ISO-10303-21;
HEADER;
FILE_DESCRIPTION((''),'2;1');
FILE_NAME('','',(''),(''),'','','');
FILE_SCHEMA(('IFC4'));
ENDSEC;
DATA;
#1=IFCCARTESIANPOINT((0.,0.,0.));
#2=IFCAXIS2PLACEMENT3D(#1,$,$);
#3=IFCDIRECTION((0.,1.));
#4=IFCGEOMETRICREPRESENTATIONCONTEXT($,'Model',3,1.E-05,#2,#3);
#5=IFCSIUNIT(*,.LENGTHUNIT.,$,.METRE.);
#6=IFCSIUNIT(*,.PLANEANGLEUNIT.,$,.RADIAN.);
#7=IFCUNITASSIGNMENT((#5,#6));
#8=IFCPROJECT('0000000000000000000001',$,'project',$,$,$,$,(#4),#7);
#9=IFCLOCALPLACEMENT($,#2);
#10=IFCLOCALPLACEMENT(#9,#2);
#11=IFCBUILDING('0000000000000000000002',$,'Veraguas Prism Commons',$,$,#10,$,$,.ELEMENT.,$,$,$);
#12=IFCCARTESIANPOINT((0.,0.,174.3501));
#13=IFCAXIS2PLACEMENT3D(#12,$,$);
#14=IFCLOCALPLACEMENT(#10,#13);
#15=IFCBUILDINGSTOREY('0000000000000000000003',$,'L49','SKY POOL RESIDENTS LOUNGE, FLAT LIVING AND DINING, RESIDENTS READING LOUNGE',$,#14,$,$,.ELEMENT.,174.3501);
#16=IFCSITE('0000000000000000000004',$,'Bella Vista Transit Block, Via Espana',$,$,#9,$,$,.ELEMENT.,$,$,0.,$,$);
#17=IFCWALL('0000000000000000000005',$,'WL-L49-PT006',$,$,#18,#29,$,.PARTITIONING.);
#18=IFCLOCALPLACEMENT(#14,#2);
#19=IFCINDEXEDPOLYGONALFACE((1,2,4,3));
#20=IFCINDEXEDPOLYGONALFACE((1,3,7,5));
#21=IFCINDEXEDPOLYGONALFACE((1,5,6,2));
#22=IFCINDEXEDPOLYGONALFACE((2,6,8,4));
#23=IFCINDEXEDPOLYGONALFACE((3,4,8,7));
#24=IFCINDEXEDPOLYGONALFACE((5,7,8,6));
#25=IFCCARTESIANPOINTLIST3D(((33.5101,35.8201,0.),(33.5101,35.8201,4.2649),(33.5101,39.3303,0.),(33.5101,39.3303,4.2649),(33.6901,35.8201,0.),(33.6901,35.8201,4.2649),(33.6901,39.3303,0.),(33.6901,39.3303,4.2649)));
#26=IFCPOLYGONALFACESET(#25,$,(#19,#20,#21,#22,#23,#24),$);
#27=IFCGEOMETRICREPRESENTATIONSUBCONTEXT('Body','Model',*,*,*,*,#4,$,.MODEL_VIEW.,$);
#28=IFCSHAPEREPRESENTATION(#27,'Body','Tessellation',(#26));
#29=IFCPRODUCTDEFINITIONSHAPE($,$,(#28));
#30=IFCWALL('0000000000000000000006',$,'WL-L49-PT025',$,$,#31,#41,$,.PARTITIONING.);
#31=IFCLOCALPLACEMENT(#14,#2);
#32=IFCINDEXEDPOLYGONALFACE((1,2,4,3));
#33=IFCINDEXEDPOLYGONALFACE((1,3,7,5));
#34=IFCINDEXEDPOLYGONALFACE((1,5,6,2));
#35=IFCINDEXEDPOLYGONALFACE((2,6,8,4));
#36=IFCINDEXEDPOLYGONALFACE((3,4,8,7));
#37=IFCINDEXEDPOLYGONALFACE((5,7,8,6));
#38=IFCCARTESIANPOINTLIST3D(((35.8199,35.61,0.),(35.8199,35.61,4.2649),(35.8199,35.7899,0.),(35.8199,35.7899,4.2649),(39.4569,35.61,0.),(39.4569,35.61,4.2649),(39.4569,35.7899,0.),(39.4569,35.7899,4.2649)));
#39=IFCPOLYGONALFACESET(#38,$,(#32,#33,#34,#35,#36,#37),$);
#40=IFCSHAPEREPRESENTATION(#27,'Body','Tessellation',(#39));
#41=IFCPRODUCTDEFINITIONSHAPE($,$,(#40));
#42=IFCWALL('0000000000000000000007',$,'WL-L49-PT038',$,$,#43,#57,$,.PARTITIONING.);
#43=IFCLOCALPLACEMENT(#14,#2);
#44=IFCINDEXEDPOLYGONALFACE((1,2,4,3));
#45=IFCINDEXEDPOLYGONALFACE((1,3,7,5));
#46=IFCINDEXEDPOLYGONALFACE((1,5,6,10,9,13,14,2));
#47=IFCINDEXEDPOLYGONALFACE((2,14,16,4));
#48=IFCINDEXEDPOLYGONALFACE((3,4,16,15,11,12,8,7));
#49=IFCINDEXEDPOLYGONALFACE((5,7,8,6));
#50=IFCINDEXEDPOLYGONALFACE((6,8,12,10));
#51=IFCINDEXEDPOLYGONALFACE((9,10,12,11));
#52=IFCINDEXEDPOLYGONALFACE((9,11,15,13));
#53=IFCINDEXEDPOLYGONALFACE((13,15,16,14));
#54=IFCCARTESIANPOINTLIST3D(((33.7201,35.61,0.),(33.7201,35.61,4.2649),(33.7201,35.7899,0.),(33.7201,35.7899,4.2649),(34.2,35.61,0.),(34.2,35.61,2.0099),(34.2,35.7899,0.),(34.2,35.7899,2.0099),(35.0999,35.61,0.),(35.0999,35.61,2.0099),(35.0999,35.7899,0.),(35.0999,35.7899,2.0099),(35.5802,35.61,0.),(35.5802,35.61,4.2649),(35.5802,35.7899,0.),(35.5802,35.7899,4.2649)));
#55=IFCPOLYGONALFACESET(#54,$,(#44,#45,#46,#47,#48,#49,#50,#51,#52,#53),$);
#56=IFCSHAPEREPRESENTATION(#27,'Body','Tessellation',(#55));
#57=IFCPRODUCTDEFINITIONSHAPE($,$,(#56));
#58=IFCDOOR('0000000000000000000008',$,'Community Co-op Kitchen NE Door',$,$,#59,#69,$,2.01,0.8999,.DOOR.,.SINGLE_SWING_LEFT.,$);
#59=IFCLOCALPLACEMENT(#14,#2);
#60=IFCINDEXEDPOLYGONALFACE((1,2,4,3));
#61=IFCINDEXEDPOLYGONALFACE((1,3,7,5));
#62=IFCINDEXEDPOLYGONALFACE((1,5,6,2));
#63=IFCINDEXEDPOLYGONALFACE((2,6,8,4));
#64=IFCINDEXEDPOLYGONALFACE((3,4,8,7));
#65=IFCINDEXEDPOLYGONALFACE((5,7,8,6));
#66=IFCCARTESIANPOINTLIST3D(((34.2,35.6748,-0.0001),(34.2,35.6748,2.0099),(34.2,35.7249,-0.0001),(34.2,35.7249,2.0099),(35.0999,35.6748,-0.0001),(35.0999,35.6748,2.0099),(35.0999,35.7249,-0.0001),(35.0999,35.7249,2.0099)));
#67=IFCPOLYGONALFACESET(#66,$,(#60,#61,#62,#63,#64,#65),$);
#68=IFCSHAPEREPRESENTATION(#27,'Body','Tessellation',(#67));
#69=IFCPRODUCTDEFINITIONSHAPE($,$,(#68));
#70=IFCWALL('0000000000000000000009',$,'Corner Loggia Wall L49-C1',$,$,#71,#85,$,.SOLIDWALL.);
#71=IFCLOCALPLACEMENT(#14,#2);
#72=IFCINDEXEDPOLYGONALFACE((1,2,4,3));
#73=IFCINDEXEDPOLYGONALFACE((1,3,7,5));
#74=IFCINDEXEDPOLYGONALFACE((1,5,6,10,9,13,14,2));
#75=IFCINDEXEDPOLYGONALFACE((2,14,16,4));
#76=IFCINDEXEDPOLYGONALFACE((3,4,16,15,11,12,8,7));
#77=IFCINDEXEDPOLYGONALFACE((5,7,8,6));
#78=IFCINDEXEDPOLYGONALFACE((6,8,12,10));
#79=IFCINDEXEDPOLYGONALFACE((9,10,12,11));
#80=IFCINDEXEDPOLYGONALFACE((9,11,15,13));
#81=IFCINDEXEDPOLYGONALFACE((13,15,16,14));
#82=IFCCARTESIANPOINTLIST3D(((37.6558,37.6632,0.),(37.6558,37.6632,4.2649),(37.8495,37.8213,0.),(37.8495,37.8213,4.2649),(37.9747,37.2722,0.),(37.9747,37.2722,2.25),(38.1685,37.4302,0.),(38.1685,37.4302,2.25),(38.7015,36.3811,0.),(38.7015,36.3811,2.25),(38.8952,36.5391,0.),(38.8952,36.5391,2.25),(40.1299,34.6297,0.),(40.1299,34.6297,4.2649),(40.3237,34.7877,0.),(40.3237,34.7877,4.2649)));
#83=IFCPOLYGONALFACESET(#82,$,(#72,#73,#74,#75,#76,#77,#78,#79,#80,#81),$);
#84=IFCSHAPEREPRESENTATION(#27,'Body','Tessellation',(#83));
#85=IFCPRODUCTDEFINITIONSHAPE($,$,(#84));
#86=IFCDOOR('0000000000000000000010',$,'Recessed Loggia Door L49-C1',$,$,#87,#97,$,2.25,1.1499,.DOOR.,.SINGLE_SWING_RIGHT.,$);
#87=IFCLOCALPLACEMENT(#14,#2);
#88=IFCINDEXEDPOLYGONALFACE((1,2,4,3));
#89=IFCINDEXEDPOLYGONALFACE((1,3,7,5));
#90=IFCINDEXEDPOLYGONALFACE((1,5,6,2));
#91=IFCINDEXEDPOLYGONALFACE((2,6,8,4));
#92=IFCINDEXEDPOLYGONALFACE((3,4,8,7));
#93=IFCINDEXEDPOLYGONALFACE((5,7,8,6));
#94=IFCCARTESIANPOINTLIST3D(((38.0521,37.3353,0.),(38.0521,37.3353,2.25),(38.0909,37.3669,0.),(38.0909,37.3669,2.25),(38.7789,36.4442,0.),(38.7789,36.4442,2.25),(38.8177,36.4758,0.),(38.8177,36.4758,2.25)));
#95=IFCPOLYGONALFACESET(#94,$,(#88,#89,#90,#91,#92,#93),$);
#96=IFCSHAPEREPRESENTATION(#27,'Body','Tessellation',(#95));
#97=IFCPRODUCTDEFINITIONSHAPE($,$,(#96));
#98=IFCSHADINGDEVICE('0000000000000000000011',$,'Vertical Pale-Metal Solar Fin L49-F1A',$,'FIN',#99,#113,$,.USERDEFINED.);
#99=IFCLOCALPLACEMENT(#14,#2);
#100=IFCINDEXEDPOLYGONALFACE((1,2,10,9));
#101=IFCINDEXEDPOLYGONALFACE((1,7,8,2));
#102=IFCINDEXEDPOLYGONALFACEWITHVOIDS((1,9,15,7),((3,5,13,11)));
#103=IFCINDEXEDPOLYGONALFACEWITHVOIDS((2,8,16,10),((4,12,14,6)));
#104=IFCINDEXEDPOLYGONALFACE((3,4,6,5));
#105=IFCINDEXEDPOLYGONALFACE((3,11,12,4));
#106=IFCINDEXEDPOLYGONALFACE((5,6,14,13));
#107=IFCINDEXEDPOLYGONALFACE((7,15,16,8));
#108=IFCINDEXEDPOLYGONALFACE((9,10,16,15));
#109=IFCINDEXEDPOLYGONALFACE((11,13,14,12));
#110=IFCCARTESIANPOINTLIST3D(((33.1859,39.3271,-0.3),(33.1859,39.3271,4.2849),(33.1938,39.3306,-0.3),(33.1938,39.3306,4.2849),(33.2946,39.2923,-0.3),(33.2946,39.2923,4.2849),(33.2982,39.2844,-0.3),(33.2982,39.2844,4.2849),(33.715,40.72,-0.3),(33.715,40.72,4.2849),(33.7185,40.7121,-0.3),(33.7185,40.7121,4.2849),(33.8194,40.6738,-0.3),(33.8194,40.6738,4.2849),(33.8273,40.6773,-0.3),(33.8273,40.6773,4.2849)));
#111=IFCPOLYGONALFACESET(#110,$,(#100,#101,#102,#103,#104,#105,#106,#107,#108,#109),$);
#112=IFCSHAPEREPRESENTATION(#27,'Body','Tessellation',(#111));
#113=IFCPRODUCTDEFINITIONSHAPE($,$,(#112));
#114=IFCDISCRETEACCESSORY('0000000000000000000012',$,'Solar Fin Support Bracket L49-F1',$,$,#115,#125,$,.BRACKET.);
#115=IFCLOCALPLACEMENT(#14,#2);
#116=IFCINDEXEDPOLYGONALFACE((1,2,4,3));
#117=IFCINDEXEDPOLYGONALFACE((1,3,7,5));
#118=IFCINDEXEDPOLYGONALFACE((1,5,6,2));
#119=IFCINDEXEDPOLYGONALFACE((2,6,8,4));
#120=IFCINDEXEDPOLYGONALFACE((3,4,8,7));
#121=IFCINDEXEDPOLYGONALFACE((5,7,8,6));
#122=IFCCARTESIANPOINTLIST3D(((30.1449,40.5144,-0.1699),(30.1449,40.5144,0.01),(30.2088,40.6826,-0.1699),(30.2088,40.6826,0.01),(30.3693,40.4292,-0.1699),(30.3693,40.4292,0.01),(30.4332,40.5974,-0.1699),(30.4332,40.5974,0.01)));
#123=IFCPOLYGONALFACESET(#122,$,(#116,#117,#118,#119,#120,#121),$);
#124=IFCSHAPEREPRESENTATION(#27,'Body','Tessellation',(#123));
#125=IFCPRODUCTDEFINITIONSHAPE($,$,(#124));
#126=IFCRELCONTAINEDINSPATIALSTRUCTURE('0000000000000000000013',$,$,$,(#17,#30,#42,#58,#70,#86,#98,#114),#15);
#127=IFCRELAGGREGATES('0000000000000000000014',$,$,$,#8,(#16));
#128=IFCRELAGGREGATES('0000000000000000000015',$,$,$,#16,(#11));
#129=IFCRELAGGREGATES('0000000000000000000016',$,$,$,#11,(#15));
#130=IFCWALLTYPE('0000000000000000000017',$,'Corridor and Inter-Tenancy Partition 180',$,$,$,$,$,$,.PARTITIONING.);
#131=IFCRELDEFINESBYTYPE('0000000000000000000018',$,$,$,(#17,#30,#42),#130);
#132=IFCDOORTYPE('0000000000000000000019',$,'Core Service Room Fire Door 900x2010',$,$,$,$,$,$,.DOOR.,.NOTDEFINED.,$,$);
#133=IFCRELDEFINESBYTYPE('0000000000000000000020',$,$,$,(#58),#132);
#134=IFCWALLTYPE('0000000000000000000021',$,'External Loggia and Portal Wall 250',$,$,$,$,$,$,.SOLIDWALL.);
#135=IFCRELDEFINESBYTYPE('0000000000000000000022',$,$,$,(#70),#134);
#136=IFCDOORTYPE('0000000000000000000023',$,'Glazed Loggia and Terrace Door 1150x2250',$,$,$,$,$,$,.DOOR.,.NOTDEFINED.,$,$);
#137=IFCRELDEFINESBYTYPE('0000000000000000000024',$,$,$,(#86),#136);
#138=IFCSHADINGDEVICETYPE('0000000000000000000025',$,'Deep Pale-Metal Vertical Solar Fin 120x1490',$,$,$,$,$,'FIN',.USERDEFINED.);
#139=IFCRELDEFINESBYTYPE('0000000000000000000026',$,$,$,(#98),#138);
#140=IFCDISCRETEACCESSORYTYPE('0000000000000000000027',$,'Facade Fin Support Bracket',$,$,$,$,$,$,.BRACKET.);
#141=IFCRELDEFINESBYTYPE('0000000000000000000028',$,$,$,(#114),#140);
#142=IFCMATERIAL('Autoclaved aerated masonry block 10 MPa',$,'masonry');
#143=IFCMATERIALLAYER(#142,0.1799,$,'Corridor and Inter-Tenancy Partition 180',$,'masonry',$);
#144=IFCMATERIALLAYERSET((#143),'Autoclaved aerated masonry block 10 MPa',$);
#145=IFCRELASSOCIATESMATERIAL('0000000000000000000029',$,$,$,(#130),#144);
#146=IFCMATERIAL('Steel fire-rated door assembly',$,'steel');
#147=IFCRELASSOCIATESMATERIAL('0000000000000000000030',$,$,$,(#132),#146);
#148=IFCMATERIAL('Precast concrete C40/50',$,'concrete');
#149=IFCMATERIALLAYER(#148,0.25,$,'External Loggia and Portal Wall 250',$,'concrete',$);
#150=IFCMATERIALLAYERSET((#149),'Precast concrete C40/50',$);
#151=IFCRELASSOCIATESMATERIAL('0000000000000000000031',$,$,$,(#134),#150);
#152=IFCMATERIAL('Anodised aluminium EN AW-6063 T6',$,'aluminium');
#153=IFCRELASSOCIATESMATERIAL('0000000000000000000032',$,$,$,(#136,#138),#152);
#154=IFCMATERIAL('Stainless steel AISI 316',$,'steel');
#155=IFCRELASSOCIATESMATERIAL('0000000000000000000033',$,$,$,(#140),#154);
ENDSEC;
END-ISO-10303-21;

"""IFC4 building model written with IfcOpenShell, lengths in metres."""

from ifc_helpers import new_model, si_unit, direction, frame, frame_2d, origin, origin_2d, place, context, subcontext, project, spatial, rectangle, hollow_rectangle, extrude, source, transform, mapped, material, layer, layer_set, material_profile, profile_set, type_object, element, fill, save


model = new_model("IFC4")

# Units and contexts
model_context = context("Model", 3, precision=1e-05, world=origin(), true_north=direction((0.0, 1.0)))
body_context = subcontext(model_context, "Body", "Model", "MODEL_VIEW")
ifc_project = project(units=[si_unit("LENGTHUNIT", "METRE"), si_unit("PLANEANGLEUNIT", "RADIAN")], contexts=[model_context])

# Site, building, storey
site_placement = place(None, origin())
site = spatial("IfcSite", under=ifc_project, at=site_placement, Name="Bella Vista Transit Block, Via Espana", CompositionType="ELEMENT", RefElevation=0.0)
building_placement = place(site_placement, origin())
building = spatial("IfcBuilding", under=site, at=building_placement, Name="Veraguas Prism Commons", CompositionType="ELEMENT")
storey_placement = place(building_placement, frame((0.0, 0.0, 174.3501)))
storey = spatial("IfcBuildingStorey", under=building, at=storey_placement, Name="L49", Description="SKY POOL RESIDENTS LOUNGE, FLAT LIVING AND DINING, RESIDENTS READING LOUNGE", CompositionType="ELEMENT", Elevation=174.3501)

# Shared definitions
ifc_material_1 = material(Name="Anodised aluminium EN AW-6063 T6", Category="aluminium")

# Walls
ifc_material_2 = material(Name="Autoclaved aerated masonry block 10 MPa", Category="masonry")
ifc_layer_1 = layer(ifc_material_2, 0.1799, Name="Corridor and Inter-Tenancy Partition 180", Category="masonry")
ifc_layer_set_1 = layer_set([ifc_layer_1], Name="Autoclaved aerated masonry block 10 MPa")
wall_type_1 = type_object("IfcWallType", Name="Corridor and Inter-Tenancy Partition 180", PredefinedType="PARTITIONING", material=ifc_layer_set_1)
wall_1_placement = place(storey_placement, frame((33.6001, 35.8201, 0.0), z_axis=(0.0, 0.0, 1.0), x_axis=(0.0, 1.0, 0.0)))
element("IfcWall", 1, at=wall_1_placement, inside=storey, type_object=wall_type_1, Name="WL-L49-PT006", PredefinedType="PARTITIONING", context=body_context, shape_type="SweptSolid", body=[
    extrude(rectangle(XDim=3.5103, YDim=0.1799, at=frame_2d((1.7551, 0.0))), origin(), (0.0, 0.0, 1.0), 4.2649),
])
wall_2_placement = place(storey_placement, frame((35.8201, 35.7, 0.0), z_axis=(0.0, 0.0, 1.0), x_axis=(1.0, 0.0, 0.0)))
element("IfcWall", 2, at=wall_2_placement, inside=storey, type_object=wall_type_1, Name="WL-L49-PT025", PredefinedType="PARTITIONING", context=body_context, shape_type="SweptSolid", body=[
    extrude(rectangle(XDim=3.637, YDim=0.1799, at=frame_2d((1.8184, 0.0))), origin(), (0.0, 0.0, 1.0), 4.2649),
])

# Walls, openings, doors
wall_3_placement = place(storey_placement, frame((33.72, 35.7, 0.0), z_axis=(0.0, 0.0, 1.0), x_axis=(1.0, 0.0, 0.0)))
wall_3 = element("IfcWall", 3, at=wall_3_placement, inside=storey, type_object=wall_type_1, Name="WL-L49-PT038", PredefinedType="PARTITIONING", context=body_context, shape_type="SweptSolid", body=[
    extrude(rectangle(XDim=1.8601, YDim=0.1799, at=frame_2d((0.9302, 0.0))), origin(), (0.0, 0.0, 1.0), 4.2649),
])
opening_1_placement = place(wall_3_placement, frame((0.48, 0.0, 0.0)))
opening_1 = element("IfcOpeningElement", 4, at=opening_1_placement, cuts=wall_3, PredefinedType="OPENING", context=body_context, shape_type="SweptSolid", body=[
    extrude(rectangle(XDim=0.8999, YDim=2.01, at=frame_2d((0.45, 1.0049))), frame((0.0, 0.0999, 0.0), z_axis=(0.0, -1.0, 0.0), x_axis=(1.0, 0.0, 0.0)), (0.0, 0.0, 1.0), 0.2),
])
ifc_material_3 = material(Name="Steel fire-rated door assembly", Category="steel")
door_type_1 = type_object("IfcDoorType", Name="Core Service Room Fire Door 900x2010", OperationType="NOTDEFINED", PredefinedType="DOOR", material=ifc_material_3)
shared_shape_1 = source(origin(), body_context, "Body", "SweptSolid", [
    extrude(rectangle(XDim=0.8999, YDim=2.01, at=frame_2d((0.45, 1.0049))), frame((0.0, 0.0249, 0.0), z_axis=(0.0, -1.0, 0.0), x_axis=(1.0, 0.0, 0.0)), (0.0, 0.0, 1.0), 0.05),
])
door_1_placement = place(opening_1_placement, origin())
door_1 = element("IfcDoor", 5, at=door_1_placement, inside=storey, type_object=door_type_1, Name="Community Co-op Kitchen NE Door", OperationType="SINGLE_SWING_LEFT", OverallHeight=2.01, OverallWidth=0.8999, PredefinedType="DOOR", context=body_context, shape_type="MappedRepresentation", body=[
    mapped(shared_shape_1, transform((0.0, 0.0, 0.0), scale=1.0)),
])
fill(opening_1, door_1)
ifc_material_4 = material(Name="Precast concrete C40/50", Category="concrete")
ifc_layer_2 = layer(ifc_material_4, 0.25, Name="External Loggia and Portal Wall 250", Category="concrete")
ifc_layer_set_2 = layer_set([ifc_layer_2], Name="Precast concrete C40/50")
wall_type_2 = type_object("IfcWallType", Name="External Loggia and Portal Wall 250", PredefinedType="SOLIDWALL", material=ifc_layer_set_2)
wall_4_placement = place(storey_placement, frame((40.2268, 34.7087, 0.0), z_axis=(0.0, 0.0, 1.0), x_axis=(-0.632045, 0.774932, 0.0)))
wall_4 = element("IfcWall", 6, at=wall_4_placement, inside=storey, type_object=wall_type_2, Name="Corner Loggia Wall L49-C1", PredefinedType="SOLIDWALL", context=body_context, shape_type="SweptSolid", body=[
    extrude(rectangle(XDim=3.9146, YDim=0.25, at=frame_2d((1.9573, 0.0))), origin(), (0.0, 0.0, 1.0), 4.2649),
])
opening_2_placement = place(wall_4_placement, frame((2.26, 0.0, 0.0)))
opening_2 = element("IfcOpeningElement", 7, at=opening_2_placement, cuts=wall_4, PredefinedType="OPENING", context=body_context, shape_type="SweptSolid", body=[
    extrude(rectangle(XDim=1.1499, YDim=2.25, at=frame_2d((0.575, 1.125))), frame((0.0, 0.135, 0.0), z_axis=(0.0, -1.0, 0.0), x_axis=(1.0, 0.0, 0.0)), (0.0, 0.0, 1.0), 0.27),
])
door_type_2 = type_object("IfcDoorType", Name="Glazed Loggia and Terrace Door 1150x2250", OperationType="NOTDEFINED", PredefinedType="DOOR", material=ifc_material_1)
shared_shape_2 = source(origin(), body_context, "Body", "SweptSolid", [
    extrude(rectangle(XDim=1.1499, YDim=2.25, at=frame_2d((0.575, 1.125))), frame((0.0, 0.0249, 0.0), z_axis=(0.0, -1.0, 0.0), x_axis=(1.0, 0.0, 0.0)), (0.0, 0.0, 1.0), 0.05),
])
door_2_placement = place(opening_2_placement, frame((1.1499, 0.0, 0.0), z_axis=(0.0, 0.0, 1.0), x_axis=(-1.0, 0.0, 0.0)))
door_2 = element("IfcDoor", 8, at=door_2_placement, inside=storey, type_object=door_type_2, Name="Recessed Loggia Door L49-C1", OperationType="SINGLE_SWING_RIGHT", OverallHeight=2.25, OverallWidth=1.1499, PredefinedType="DOOR", context=body_context, shape_type="MappedRepresentation", body=[
    mapped(shared_shape_2, transform((0.0, 0.0, 0.0), scale=1.0)),
])
fill(opening_2, door_2)

# Shading device
ifc_material_profile_1 = material_profile(ifc_material_1, hollow_rectangle(XDim=0.1201, YDim=1.49, WallThickness=0.0061, at=origin_2d()), Name="FIN120X1490X6")
ifc_profile_set_1 = profile_set([ifc_material_profile_1], Name="Anodised aluminium EN AW-6063 T6")
shading_device_type = type_object("IfcShadingDeviceType", Name="Deep Pale-Metal Vertical Solar Fin 120x1490", ElementType="FIN", PredefinedType="USERDEFINED", material=ifc_profile_set_1)
shading_device_placement = place(storey_placement, frame((33.5066, 40.0022, -0.3), z_axis=(0.0, 0.0, 1.0), x_axis=(-0.934825, 0.355109, 0.0)))
element("IfcShadingDevice", 9, at=shading_device_placement, inside=storey, type_object=shading_device_type, Name="Vertical Pale-Metal Solar Fin L49-F1A", ObjectType="FIN", PredefinedType="USERDEFINED", context=body_context, shape_type="SweptSolid", body=[
    extrude(hollow_rectangle(XDim=0.1201, YDim=1.49, WallThickness=0.0061, at=origin_2d()), origin(), (0.0, 0.0, 1.0), 4.585),
])

# Shared definitions
ifc_material_5 = material(Name="Stainless steel AISI 316", Category="steel")

# Discrete accessory
discrete_accessory_type = type_object("IfcDiscreteAccessoryType", Name="Facade Fin Support Bracket", PredefinedType="BRACKET", material=ifc_material_5)
shared_shape_3 = source(origin(), body_context, "Body", "SweptSolid", [
    extrude(rectangle(XDim=0.24, YDim=0.1799, at=origin_2d()), origin(), (0.0, 0.0, 1.0), 0.1799),
])
discrete_accessory_placement = place(storey_placement, frame((30.2891, 40.5559, -0.1699), z_axis=(0.0, 0.0, 1.0), x_axis=(-0.934825, 0.355109, 0.0)))
element("IfcDiscreteAccessory", 10, at=discrete_accessory_placement, inside=storey, type_object=discrete_accessory_type, Name="Solar Fin Support Bracket L49-F1", PredefinedType="BRACKET", context=body_context, shape_type="MappedRepresentation", body=[
    mapped(shared_shape_3, transform((0.0, 0.0, 0.0), scale=1.0)),
])

save(model, "model.ifc")
